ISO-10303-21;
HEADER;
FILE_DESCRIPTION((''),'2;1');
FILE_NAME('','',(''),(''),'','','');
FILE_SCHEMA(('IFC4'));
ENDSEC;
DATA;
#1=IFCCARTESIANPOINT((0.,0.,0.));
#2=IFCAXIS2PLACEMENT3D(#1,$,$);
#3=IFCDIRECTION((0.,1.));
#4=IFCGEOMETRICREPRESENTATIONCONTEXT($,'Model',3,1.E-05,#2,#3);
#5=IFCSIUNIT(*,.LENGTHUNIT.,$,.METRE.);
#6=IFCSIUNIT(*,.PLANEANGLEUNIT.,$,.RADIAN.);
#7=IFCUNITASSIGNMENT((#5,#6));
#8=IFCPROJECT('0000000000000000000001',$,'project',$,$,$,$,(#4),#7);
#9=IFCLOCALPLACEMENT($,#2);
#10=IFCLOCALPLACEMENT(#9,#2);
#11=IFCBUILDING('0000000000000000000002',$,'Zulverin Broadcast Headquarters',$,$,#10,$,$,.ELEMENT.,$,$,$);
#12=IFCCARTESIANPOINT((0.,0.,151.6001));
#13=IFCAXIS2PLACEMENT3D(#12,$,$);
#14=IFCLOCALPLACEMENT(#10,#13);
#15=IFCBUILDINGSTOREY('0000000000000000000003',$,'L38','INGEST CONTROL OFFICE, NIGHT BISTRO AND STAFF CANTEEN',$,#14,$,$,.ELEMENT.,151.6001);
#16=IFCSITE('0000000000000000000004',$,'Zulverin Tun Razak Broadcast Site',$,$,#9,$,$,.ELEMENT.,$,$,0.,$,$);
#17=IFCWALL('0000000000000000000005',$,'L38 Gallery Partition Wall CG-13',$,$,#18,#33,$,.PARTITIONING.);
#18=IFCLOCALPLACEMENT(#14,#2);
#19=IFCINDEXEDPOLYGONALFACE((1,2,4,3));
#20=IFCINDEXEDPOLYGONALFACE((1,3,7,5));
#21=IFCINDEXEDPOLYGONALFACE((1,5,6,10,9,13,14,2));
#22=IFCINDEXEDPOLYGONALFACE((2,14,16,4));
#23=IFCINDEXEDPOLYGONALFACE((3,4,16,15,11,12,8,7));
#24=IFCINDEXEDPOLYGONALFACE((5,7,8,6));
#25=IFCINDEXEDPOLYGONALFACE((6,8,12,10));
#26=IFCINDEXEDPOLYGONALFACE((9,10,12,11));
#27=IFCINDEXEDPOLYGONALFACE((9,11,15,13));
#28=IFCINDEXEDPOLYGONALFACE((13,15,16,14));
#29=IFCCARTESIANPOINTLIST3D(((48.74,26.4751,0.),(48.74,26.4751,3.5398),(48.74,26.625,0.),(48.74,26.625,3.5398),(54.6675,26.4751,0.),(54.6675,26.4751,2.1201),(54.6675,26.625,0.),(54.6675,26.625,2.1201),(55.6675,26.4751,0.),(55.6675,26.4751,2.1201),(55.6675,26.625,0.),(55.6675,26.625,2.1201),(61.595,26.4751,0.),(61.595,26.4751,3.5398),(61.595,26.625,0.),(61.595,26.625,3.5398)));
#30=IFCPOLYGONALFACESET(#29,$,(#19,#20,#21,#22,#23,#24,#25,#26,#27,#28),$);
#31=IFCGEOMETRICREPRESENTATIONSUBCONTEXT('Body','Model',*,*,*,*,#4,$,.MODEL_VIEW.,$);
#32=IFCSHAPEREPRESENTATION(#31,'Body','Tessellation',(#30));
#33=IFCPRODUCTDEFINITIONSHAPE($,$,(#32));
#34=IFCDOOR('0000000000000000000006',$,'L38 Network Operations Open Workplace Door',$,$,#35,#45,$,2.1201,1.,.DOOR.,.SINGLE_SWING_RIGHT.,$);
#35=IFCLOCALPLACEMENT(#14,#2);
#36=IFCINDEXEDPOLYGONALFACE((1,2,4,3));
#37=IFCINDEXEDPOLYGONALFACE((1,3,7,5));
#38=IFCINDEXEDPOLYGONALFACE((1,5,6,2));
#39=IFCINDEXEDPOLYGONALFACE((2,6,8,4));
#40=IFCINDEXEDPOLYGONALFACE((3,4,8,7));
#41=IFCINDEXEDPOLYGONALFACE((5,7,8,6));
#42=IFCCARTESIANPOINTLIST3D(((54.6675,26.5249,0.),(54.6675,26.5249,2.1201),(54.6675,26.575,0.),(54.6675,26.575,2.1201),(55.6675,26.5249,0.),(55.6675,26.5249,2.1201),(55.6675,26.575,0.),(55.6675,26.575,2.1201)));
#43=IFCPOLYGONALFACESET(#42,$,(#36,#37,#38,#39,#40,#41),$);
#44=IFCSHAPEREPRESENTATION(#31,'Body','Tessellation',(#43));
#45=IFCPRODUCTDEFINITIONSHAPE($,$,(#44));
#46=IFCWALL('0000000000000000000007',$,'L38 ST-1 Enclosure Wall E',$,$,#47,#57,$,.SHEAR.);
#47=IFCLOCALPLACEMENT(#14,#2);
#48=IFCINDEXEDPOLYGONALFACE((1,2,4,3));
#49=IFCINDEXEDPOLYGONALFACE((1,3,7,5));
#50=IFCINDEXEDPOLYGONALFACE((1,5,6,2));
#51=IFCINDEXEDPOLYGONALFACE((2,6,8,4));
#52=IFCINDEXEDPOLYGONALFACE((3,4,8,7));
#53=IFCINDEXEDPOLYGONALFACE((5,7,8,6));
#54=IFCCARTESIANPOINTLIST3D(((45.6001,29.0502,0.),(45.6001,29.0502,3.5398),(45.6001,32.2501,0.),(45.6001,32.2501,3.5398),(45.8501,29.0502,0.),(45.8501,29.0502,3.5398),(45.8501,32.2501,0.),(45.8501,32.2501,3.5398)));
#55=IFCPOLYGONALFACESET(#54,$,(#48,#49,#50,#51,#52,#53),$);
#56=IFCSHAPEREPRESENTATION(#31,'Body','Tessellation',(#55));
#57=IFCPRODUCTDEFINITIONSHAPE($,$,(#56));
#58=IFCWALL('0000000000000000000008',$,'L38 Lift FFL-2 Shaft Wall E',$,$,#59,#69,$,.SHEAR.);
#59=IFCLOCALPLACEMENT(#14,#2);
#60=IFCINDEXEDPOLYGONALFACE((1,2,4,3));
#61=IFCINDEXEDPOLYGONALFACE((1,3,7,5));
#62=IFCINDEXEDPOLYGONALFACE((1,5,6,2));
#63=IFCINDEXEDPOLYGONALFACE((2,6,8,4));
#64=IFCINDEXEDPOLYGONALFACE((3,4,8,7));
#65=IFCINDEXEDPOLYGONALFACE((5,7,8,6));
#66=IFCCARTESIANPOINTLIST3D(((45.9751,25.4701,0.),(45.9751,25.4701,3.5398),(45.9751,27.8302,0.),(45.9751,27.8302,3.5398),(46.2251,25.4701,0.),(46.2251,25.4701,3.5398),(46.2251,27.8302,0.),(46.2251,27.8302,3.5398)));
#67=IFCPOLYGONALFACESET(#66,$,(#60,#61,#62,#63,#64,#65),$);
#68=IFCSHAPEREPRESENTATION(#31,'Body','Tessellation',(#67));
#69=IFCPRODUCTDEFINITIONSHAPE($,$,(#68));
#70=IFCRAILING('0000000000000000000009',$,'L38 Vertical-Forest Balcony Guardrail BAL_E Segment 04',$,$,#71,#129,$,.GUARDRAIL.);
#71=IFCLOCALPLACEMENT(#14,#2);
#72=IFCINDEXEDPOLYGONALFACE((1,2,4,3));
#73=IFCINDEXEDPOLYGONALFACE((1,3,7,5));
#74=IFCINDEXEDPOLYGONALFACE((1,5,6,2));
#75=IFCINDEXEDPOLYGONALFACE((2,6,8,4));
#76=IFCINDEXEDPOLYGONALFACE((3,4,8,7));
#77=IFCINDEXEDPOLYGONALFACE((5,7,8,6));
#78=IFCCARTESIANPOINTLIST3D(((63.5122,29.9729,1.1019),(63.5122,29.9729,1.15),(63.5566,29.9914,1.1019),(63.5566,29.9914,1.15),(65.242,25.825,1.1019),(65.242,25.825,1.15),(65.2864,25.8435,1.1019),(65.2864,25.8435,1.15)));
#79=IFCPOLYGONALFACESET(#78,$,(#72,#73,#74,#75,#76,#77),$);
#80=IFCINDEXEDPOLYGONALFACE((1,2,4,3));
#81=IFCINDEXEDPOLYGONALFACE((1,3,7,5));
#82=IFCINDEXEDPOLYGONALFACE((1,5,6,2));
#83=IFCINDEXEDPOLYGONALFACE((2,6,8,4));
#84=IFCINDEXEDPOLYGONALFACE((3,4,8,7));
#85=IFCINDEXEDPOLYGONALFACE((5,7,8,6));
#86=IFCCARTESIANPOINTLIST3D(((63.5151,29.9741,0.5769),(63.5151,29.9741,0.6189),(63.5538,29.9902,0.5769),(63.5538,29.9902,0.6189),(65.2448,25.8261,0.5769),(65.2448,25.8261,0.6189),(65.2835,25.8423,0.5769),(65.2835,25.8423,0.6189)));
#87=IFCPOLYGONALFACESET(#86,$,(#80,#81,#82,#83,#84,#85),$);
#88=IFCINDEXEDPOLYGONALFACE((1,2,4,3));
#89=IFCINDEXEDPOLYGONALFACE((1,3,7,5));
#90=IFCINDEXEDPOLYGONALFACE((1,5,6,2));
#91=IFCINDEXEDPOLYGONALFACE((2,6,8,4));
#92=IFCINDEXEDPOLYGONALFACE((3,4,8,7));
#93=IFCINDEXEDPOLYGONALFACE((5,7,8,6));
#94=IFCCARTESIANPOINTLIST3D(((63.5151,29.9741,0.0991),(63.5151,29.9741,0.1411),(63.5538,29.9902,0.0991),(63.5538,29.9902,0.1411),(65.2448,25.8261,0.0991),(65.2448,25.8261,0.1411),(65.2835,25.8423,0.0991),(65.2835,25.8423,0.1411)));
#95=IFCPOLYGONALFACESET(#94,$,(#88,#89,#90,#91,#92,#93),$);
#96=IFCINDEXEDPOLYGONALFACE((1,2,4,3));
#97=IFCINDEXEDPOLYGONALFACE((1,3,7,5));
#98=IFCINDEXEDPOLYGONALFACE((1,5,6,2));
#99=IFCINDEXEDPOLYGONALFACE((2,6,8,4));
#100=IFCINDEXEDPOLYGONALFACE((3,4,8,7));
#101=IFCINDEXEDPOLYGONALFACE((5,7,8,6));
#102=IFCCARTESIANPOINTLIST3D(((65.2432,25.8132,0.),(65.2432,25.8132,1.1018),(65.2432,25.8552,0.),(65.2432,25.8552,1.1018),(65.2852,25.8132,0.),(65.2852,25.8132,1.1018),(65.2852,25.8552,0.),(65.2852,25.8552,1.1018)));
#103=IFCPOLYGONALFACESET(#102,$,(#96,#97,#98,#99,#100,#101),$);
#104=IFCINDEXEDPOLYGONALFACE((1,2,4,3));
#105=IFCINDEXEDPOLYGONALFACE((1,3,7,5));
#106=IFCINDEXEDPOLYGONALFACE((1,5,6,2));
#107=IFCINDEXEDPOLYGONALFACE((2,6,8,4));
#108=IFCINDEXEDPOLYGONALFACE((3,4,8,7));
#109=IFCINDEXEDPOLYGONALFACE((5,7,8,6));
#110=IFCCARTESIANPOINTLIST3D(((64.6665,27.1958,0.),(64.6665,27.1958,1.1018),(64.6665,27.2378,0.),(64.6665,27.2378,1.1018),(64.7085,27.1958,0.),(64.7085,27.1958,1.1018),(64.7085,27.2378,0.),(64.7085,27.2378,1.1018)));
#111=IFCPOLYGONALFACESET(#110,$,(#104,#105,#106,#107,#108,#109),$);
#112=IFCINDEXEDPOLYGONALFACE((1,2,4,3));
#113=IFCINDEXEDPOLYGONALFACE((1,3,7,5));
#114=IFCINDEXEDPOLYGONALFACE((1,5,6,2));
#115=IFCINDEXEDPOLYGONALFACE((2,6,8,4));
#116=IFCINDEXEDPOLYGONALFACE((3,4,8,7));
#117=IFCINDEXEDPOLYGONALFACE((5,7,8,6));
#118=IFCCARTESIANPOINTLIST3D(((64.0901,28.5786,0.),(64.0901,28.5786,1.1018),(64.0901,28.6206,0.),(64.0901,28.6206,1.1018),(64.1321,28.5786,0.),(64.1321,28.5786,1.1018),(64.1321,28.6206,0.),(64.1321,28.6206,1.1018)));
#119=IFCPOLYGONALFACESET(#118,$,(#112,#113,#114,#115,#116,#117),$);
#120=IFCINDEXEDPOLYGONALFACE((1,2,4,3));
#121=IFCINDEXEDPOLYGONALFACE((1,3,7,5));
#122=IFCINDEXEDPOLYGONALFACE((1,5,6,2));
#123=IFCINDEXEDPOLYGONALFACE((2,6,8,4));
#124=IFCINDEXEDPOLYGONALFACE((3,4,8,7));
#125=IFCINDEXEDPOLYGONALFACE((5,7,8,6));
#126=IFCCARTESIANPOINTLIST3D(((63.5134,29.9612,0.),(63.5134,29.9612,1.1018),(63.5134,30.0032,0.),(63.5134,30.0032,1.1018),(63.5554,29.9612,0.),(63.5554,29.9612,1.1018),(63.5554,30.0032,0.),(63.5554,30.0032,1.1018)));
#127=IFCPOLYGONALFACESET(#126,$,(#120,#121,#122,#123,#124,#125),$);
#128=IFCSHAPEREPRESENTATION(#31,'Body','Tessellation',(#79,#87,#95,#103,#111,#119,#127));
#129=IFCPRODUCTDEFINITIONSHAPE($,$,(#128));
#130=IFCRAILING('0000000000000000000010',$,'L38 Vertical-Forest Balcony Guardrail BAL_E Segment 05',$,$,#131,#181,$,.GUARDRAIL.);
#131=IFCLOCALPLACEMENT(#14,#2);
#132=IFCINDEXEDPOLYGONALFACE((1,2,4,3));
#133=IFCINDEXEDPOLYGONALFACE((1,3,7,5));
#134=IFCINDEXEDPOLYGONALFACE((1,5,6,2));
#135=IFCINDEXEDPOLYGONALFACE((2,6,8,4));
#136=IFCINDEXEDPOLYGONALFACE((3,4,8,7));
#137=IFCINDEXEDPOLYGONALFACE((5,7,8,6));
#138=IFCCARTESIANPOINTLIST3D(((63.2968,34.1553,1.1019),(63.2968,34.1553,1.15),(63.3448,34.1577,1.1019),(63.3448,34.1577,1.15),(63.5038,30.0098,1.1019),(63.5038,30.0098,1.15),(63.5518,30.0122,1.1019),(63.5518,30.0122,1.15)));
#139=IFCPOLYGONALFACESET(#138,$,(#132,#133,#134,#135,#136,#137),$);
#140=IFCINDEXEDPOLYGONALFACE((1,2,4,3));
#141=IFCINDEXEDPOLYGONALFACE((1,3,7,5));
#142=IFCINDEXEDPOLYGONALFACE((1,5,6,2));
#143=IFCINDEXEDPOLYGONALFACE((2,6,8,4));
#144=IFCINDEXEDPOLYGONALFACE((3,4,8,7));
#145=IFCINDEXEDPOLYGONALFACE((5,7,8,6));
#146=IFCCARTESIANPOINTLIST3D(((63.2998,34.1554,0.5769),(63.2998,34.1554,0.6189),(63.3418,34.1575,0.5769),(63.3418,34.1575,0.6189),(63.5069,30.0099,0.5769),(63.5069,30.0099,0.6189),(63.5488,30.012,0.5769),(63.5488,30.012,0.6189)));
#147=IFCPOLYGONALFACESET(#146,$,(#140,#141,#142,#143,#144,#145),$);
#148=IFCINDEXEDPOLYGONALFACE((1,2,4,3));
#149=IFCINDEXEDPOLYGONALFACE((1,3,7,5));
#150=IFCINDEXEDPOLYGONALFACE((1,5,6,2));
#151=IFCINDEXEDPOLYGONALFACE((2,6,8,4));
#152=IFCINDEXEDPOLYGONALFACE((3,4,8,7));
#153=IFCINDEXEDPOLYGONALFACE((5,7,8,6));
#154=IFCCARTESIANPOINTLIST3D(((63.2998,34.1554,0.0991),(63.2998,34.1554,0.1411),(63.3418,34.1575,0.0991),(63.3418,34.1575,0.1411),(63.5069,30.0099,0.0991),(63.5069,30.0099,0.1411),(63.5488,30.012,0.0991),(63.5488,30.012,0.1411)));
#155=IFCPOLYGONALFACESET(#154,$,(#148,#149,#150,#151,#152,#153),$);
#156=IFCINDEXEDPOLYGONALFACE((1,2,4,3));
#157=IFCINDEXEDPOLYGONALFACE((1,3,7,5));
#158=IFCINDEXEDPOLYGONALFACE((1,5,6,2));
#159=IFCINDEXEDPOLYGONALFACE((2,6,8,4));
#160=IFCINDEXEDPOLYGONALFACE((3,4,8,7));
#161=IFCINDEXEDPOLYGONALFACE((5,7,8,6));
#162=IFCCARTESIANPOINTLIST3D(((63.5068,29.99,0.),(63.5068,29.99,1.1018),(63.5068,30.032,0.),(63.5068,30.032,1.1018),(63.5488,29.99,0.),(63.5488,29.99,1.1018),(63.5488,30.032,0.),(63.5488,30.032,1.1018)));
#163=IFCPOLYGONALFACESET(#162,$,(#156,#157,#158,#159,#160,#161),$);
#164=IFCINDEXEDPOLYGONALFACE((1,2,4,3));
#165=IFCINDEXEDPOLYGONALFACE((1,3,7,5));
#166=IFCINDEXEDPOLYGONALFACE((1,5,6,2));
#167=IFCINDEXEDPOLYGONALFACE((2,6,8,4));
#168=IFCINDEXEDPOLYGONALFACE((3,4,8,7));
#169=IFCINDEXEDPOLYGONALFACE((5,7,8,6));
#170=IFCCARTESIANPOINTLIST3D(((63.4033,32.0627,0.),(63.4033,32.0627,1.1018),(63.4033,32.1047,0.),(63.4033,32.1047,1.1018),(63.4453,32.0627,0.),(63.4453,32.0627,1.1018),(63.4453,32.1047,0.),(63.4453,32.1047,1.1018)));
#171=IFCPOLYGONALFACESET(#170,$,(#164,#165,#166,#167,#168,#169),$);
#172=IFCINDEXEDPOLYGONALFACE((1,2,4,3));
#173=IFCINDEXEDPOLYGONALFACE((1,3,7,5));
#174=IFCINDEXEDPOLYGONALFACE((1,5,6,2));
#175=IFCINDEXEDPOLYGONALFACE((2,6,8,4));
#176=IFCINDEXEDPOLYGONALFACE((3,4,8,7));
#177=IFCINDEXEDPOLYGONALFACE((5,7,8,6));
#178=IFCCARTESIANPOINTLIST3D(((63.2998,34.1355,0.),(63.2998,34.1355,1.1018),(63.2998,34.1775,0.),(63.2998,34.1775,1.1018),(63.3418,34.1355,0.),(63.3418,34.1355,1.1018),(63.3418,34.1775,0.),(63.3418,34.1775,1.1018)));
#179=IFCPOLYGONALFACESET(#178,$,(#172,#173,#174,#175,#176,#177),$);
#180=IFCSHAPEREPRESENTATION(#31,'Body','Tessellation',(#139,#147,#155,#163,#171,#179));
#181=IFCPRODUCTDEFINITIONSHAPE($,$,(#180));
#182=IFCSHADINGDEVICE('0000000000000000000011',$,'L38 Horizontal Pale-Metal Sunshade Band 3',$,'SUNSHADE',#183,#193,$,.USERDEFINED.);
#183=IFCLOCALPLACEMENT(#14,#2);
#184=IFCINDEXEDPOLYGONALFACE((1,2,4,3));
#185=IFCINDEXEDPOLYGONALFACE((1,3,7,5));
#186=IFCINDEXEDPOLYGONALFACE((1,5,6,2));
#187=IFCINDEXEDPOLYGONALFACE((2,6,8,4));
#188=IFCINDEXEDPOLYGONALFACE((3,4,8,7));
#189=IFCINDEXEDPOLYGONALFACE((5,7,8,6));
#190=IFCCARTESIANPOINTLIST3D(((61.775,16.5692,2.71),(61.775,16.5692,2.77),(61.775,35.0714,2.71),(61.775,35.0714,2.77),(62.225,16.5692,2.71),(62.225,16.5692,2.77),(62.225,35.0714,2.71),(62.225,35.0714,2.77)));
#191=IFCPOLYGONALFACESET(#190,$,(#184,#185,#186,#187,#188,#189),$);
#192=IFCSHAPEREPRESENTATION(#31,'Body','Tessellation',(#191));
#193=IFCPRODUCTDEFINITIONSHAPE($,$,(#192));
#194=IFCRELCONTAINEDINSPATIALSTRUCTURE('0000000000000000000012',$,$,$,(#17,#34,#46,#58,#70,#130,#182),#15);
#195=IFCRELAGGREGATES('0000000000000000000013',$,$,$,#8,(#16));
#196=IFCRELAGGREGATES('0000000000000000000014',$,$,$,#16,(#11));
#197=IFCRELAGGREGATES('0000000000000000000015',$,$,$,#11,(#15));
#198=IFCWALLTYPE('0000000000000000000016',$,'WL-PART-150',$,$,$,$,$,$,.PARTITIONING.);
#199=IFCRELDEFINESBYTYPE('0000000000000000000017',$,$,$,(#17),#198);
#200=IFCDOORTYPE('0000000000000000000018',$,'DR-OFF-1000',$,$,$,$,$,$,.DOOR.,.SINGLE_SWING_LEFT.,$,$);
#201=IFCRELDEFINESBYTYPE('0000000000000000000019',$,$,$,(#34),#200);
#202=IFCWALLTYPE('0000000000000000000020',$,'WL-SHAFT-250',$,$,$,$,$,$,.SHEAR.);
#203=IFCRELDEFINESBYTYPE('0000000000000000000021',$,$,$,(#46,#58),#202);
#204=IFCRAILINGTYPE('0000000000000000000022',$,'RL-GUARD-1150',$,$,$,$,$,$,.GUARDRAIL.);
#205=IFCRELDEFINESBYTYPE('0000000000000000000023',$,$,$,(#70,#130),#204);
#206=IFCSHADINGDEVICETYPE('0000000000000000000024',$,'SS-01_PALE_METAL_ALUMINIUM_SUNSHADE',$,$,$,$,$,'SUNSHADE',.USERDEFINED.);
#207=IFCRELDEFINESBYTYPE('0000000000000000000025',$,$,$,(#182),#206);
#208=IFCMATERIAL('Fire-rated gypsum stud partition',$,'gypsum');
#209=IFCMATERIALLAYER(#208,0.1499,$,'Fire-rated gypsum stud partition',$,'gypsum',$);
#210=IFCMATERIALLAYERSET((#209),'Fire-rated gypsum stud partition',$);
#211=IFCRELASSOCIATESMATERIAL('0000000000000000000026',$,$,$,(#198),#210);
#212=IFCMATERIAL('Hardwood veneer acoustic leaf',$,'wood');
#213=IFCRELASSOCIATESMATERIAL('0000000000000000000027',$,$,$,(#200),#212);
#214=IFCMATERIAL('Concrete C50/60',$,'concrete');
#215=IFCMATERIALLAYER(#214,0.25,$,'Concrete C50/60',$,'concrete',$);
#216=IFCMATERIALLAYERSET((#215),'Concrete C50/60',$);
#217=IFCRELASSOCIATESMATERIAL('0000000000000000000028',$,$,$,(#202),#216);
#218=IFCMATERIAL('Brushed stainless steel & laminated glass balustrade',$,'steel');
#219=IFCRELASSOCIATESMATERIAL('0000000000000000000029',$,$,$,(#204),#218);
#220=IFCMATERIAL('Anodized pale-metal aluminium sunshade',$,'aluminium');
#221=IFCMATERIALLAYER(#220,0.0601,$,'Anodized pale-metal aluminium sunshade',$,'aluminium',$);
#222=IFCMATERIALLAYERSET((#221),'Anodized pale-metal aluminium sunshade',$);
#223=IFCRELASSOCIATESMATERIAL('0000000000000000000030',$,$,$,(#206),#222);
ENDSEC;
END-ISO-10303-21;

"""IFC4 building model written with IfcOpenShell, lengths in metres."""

from ifc_helpers import new_model, si_unit, direction, frame, frame_2d, origin, origin_2d, place, context, subcontext, project, spatial, rectangle, extrude, material, layer, layer_set, type_object, element, fill, save


model = new_model("IFC4")

# Units and contexts
model_context = context("Model", 3, precision=1e-05, world=origin(), true_north=direction((0.0, 1.0)))
body_context = subcontext(model_context, "Body", "Model", "MODEL_VIEW")
ifc_project = project(units=[si_unit("LENGTHUNIT", "METRE"), si_unit("PLANEANGLEUNIT", "RADIAN")], contexts=[model_context])

# Site, building, storey
site_placement = place(None, origin())
site = spatial("IfcSite", under=ifc_project, at=site_placement, Name="Zulverin Tun Razak Broadcast Site", CompositionType="ELEMENT", RefElevation=0.0)
building_placement = place(site_placement, origin())
building = spatial("IfcBuilding", under=site, at=building_placement, Name="Zulverin Broadcast Headquarters", CompositionType="ELEMENT")
storey_placement = place(building_placement, frame((0.0, 0.0, 151.6001)))
storey = spatial("IfcBuildingStorey", under=building, at=storey_placement, Name="L38", Description="INGEST CONTROL OFFICE, NIGHT BISTRO AND STAFF CANTEEN", CompositionType="ELEMENT", Elevation=151.6001)

# Shared definitions
ifc_material_1 = material(Name="Concrete C50/60", Category="concrete")

# Wall, opening, door
ifc_material_2 = material(Name="Fire-rated gypsum stud partition", Category="gypsum")
ifc_layer_1 = layer(ifc_material_2, 0.1499, Name="Fire-rated gypsum stud partition", Category="gypsum")
ifc_layer_set_1 = layer_set([ifc_layer_1], Name="Fire-rated gypsum stud partition")
wall_type_1 = type_object("IfcWallType", Name="WL-PART-150", PredefinedType="PARTITIONING", material=ifc_layer_set_1)
wall_1_placement = place(storey_placement, frame((48.74, 26.55, 0.0), z_axis=(0.0, 0.0, 1.0), x_axis=(1.0, 0.0, 0.0)))
wall_1 = element("IfcWall", 1, at=wall_1_placement, inside=storey, type_object=wall_type_1, Name="L38 Gallery Partition Wall CG-13", PredefinedType="PARTITIONING", context=body_context, shape_type="SweptSolid", body=[
    extrude(rectangle(XDim=12.855, YDim=0.1499, at=frame_2d((6.4275, 0.0))), origin(), (0.0, 0.0, 1.0), 3.5398),
])
opening_placement = place(wall_1_placement, frame((5.9275, 0.0, 0.0)))
opening = element("IfcOpeningElement", 2, at=opening_placement, cuts=wall_1, PredefinedType="OPENING", context=body_context, shape_type="SweptSolid", body=[
    extrude(rectangle(XDim=1.0, YDim=2.1201, at=frame_2d((0.5, 1.0601))), frame((0.0, 0.085, 0.0), z_axis=(0.0, -1.0, 0.0), x_axis=(1.0, 0.0, 0.0)), (0.0, 0.0, 1.0), 0.1699),
])
ifc_material_3 = material(Name="Hardwood veneer acoustic leaf", Category="wood")
door_type = type_object("IfcDoorType", Name="DR-OFF-1000", OperationType="SINGLE_SWING_LEFT", PredefinedType="DOOR", material=ifc_material_3)
door_placement = place(opening_placement, origin())
door = element("IfcDoor", 3, at=door_placement, inside=storey, type_object=door_type, Name="L38 Network Operations Open Workplace Door", OperationType="SINGLE_SWING_RIGHT", OverallHeight=2.1201, OverallWidth=1.0, PredefinedType="DOOR", context=body_context, shape_type="SweptSolid", body=[
    extrude(rectangle(XDim=1.0, YDim=2.1201, at=frame_2d((0.5, 1.0601))), frame((0.0, 0.0249, 0.0), z_axis=(0.0, -1.0, 0.0), x_axis=(1.0, 0.0, 0.0)), (0.0, 0.0, 1.0), 0.05),
])
fill(opening, door)

# Walls
ifc_layer_2 = layer(ifc_material_1, 0.25, Name="Concrete C50/60", Category="concrete")
ifc_layer_set_2 = layer_set([ifc_layer_2], Name="Concrete C50/60")
wall_type_2 = type_object("IfcWallType", Name="WL-SHAFT-250", PredefinedType="SHEAR", material=ifc_layer_set_2)
wall_2_placement = place(storey_placement, frame((45.7251, 29.05, 0.0), z_axis=(0.0, 0.0, 1.0), x_axis=(0.0, 1.0, 0.0)))
element("IfcWall", 4, at=wall_2_placement, inside=storey, type_object=wall_type_2, Name="L38 ST-1 Enclosure Wall E", PredefinedType="SHEAR", context=body_context, shape_type="SweptSolid", body=[
    extrude(rectangle(XDim=3.2, YDim=0.25, at=frame_2d((1.6001, 0.0))), origin(), (0.0, 0.0, 1.0), 3.5398),
])
wall_3_placement = place(storey_placement, frame((46.1001, 25.47, 0.0), z_axis=(0.0, 0.0, 1.0), x_axis=(0.0, 1.0, 0.0)))
element("IfcWall", 5, at=wall_3_placement, inside=storey, type_object=wall_type_2, Name="L38 Lift FFL-2 Shaft Wall E", PredefinedType="SHEAR", context=body_context, shape_type="SweptSolid", body=[
    extrude(rectangle(XDim=2.3601, YDim=0.25, at=frame_2d((1.1802, 0.0))), origin(), (0.0, 0.0, 1.0), 3.5398),
])

# Railings
ifc_material_4 = material(Name="Brushed stainless steel & laminated glass balustrade", Category="steel")
railing_type = type_object("IfcRailingType", Name="RL-GUARD-1150", PredefinedType="GUARDRAIL", material=ifc_material_4)
railing_1_placement = place(storey_placement, frame((65.2642, 25.8342, 0.0)))
element("IfcRailing", 6, at=railing_1_placement, inside=storey, type_object=railing_type, Name="L38 Vertical-Forest Balcony Guardrail BAL_E Segment 04", PredefinedType="GUARDRAIL", context=body_context, shape_type="SweptSolid", body=[
    extrude(rectangle(XDim=0.0481, YDim=0.0481, at=origin_2d()), frame((0.0, 0.0, 1.126), z_axis=(-0.384885, 0.922964, 0.0), x_axis=(-0.922964, -0.384885, 0.0)), (0.0, 0.0, 1.0), 4.4941),
    extrude(rectangle(XDim=0.042, YDim=0.042, at=origin_2d()), frame((0.0, 0.0, 0.5979), z_axis=(-0.384885, 0.922964, 0.0), x_axis=(-0.922964, -0.384885, 0.0)), (0.0, 0.0, 1.0), 4.4941),
    extrude(rectangle(XDim=0.042, YDim=0.042, at=origin_2d()), frame((0.0, 0.0, 0.1201), z_axis=(-0.384885, 0.922964, 0.0), x_axis=(-0.922964, -0.384885, 0.0)), (0.0, 0.0, 1.0), 4.4941),
    extrude(rectangle(XDim=0.042, YDim=0.042, at=origin_2d()), origin(), (0.0, 0.0, 1.0), 1.1018),
    extrude(rectangle(XDim=0.042, YDim=0.042, at=origin_2d()), frame((-0.5767, 1.3826, 0.0)), (0.0, 0.0, 1.0), 1.1018),
    extrude(rectangle(XDim=0.042, YDim=0.042, at=origin_2d()), frame((-1.1531, 2.7654, 0.0)), (0.0, 0.0, 1.0), 1.1018),
    extrude(rectangle(XDim=0.042, YDim=0.042, at=origin_2d()), frame((-1.7297, 4.1479, 0.0)), (0.0, 0.0, 1.0), 1.1018),
])
railing_2_placement = place(storey_placement, frame((63.5278, 30.011, 0.0)))
element("IfcRailing", 7, at=railing_2_placement, inside=storey, type_object=railing_type, Name="L38 Vertical-Forest Balcony Guardrail BAL_E Segment 05", PredefinedType="GUARDRAIL", context=body_context, shape_type="SweptSolid", body=[
    extrude(rectangle(XDim=0.0481, YDim=0.0481, at=origin_2d()), frame((0.0, 0.0, 1.126), z_axis=(-0.049879, 0.998755, 0.0), x_axis=(-0.998755, -0.049879, 0.0)), (0.0, 0.0, 1.0), 4.1506),
    extrude(rectangle(XDim=0.042, YDim=0.042, at=origin_2d()), frame((0.0, 0.0, 0.5979), z_axis=(-0.049879, 0.998755, 0.0), x_axis=(-0.998755, -0.049879, 0.0)), (0.0, 0.0, 1.0), 4.1506),
    extrude(rectangle(XDim=0.042, YDim=0.042, at=origin_2d()), frame((0.0, 0.0, 0.1201), z_axis=(-0.049879, 0.998755, 0.0), x_axis=(-0.998755, -0.049879, 0.0)), (0.0, 0.0, 1.0), 4.1506),
    extrude(rectangle(XDim=0.042, YDim=0.042, at=origin_2d()), origin(), (0.0, 0.0, 1.0), 1.1018),
    extrude(rectangle(XDim=0.042, YDim=0.042, at=origin_2d()), frame((-0.1035, 2.0728, 0.0)), (0.0, 0.0, 1.0), 1.1018),
    extrude(rectangle(XDim=0.042, YDim=0.042, at=origin_2d()), frame((-0.207, 4.1455, 0.0)), (0.0, 0.0, 1.0), 1.1018),
])

# Shading device
ifc_material_5 = material(Name="Anodized pale-metal aluminium sunshade", Category="aluminium")
ifc_layer_3 = layer(ifc_material_5, 0.0601, Name="Anodized pale-metal aluminium sunshade", Category="aluminium")
ifc_layer_set_3 = layer_set([ifc_layer_3], Name="Anodized pale-metal aluminium sunshade")
shading_device_type = type_object("IfcShadingDeviceType", Name="SS-01_PALE_METAL_ALUMINIUM_SUNSHADE", ElementType="SUNSHADE", PredefinedType="USERDEFINED", material=ifc_layer_set_3)
shading_device_placement = place(storey_placement, frame((62.0, 25.8203, 2.71), z_axis=(0.0, 0.0, 1.0), x_axis=(0.0, 1.0, 0.0)))
element("IfcShadingDevice", 8, at=shading_device_placement, inside=storey, type_object=shading_device_type, Name="L38 Horizontal Pale-Metal Sunshade Band 3", ObjectType="SUNSHADE", PredefinedType="USERDEFINED", context=body_context, shape_type="SweptSolid", body=[
    extrude(rectangle(XDim=18.5022, YDim=0.45, at=origin_2d()), origin(), (0.0, 0.0, 1.0), 0.0601),
])

save(model, "model.ifc")
